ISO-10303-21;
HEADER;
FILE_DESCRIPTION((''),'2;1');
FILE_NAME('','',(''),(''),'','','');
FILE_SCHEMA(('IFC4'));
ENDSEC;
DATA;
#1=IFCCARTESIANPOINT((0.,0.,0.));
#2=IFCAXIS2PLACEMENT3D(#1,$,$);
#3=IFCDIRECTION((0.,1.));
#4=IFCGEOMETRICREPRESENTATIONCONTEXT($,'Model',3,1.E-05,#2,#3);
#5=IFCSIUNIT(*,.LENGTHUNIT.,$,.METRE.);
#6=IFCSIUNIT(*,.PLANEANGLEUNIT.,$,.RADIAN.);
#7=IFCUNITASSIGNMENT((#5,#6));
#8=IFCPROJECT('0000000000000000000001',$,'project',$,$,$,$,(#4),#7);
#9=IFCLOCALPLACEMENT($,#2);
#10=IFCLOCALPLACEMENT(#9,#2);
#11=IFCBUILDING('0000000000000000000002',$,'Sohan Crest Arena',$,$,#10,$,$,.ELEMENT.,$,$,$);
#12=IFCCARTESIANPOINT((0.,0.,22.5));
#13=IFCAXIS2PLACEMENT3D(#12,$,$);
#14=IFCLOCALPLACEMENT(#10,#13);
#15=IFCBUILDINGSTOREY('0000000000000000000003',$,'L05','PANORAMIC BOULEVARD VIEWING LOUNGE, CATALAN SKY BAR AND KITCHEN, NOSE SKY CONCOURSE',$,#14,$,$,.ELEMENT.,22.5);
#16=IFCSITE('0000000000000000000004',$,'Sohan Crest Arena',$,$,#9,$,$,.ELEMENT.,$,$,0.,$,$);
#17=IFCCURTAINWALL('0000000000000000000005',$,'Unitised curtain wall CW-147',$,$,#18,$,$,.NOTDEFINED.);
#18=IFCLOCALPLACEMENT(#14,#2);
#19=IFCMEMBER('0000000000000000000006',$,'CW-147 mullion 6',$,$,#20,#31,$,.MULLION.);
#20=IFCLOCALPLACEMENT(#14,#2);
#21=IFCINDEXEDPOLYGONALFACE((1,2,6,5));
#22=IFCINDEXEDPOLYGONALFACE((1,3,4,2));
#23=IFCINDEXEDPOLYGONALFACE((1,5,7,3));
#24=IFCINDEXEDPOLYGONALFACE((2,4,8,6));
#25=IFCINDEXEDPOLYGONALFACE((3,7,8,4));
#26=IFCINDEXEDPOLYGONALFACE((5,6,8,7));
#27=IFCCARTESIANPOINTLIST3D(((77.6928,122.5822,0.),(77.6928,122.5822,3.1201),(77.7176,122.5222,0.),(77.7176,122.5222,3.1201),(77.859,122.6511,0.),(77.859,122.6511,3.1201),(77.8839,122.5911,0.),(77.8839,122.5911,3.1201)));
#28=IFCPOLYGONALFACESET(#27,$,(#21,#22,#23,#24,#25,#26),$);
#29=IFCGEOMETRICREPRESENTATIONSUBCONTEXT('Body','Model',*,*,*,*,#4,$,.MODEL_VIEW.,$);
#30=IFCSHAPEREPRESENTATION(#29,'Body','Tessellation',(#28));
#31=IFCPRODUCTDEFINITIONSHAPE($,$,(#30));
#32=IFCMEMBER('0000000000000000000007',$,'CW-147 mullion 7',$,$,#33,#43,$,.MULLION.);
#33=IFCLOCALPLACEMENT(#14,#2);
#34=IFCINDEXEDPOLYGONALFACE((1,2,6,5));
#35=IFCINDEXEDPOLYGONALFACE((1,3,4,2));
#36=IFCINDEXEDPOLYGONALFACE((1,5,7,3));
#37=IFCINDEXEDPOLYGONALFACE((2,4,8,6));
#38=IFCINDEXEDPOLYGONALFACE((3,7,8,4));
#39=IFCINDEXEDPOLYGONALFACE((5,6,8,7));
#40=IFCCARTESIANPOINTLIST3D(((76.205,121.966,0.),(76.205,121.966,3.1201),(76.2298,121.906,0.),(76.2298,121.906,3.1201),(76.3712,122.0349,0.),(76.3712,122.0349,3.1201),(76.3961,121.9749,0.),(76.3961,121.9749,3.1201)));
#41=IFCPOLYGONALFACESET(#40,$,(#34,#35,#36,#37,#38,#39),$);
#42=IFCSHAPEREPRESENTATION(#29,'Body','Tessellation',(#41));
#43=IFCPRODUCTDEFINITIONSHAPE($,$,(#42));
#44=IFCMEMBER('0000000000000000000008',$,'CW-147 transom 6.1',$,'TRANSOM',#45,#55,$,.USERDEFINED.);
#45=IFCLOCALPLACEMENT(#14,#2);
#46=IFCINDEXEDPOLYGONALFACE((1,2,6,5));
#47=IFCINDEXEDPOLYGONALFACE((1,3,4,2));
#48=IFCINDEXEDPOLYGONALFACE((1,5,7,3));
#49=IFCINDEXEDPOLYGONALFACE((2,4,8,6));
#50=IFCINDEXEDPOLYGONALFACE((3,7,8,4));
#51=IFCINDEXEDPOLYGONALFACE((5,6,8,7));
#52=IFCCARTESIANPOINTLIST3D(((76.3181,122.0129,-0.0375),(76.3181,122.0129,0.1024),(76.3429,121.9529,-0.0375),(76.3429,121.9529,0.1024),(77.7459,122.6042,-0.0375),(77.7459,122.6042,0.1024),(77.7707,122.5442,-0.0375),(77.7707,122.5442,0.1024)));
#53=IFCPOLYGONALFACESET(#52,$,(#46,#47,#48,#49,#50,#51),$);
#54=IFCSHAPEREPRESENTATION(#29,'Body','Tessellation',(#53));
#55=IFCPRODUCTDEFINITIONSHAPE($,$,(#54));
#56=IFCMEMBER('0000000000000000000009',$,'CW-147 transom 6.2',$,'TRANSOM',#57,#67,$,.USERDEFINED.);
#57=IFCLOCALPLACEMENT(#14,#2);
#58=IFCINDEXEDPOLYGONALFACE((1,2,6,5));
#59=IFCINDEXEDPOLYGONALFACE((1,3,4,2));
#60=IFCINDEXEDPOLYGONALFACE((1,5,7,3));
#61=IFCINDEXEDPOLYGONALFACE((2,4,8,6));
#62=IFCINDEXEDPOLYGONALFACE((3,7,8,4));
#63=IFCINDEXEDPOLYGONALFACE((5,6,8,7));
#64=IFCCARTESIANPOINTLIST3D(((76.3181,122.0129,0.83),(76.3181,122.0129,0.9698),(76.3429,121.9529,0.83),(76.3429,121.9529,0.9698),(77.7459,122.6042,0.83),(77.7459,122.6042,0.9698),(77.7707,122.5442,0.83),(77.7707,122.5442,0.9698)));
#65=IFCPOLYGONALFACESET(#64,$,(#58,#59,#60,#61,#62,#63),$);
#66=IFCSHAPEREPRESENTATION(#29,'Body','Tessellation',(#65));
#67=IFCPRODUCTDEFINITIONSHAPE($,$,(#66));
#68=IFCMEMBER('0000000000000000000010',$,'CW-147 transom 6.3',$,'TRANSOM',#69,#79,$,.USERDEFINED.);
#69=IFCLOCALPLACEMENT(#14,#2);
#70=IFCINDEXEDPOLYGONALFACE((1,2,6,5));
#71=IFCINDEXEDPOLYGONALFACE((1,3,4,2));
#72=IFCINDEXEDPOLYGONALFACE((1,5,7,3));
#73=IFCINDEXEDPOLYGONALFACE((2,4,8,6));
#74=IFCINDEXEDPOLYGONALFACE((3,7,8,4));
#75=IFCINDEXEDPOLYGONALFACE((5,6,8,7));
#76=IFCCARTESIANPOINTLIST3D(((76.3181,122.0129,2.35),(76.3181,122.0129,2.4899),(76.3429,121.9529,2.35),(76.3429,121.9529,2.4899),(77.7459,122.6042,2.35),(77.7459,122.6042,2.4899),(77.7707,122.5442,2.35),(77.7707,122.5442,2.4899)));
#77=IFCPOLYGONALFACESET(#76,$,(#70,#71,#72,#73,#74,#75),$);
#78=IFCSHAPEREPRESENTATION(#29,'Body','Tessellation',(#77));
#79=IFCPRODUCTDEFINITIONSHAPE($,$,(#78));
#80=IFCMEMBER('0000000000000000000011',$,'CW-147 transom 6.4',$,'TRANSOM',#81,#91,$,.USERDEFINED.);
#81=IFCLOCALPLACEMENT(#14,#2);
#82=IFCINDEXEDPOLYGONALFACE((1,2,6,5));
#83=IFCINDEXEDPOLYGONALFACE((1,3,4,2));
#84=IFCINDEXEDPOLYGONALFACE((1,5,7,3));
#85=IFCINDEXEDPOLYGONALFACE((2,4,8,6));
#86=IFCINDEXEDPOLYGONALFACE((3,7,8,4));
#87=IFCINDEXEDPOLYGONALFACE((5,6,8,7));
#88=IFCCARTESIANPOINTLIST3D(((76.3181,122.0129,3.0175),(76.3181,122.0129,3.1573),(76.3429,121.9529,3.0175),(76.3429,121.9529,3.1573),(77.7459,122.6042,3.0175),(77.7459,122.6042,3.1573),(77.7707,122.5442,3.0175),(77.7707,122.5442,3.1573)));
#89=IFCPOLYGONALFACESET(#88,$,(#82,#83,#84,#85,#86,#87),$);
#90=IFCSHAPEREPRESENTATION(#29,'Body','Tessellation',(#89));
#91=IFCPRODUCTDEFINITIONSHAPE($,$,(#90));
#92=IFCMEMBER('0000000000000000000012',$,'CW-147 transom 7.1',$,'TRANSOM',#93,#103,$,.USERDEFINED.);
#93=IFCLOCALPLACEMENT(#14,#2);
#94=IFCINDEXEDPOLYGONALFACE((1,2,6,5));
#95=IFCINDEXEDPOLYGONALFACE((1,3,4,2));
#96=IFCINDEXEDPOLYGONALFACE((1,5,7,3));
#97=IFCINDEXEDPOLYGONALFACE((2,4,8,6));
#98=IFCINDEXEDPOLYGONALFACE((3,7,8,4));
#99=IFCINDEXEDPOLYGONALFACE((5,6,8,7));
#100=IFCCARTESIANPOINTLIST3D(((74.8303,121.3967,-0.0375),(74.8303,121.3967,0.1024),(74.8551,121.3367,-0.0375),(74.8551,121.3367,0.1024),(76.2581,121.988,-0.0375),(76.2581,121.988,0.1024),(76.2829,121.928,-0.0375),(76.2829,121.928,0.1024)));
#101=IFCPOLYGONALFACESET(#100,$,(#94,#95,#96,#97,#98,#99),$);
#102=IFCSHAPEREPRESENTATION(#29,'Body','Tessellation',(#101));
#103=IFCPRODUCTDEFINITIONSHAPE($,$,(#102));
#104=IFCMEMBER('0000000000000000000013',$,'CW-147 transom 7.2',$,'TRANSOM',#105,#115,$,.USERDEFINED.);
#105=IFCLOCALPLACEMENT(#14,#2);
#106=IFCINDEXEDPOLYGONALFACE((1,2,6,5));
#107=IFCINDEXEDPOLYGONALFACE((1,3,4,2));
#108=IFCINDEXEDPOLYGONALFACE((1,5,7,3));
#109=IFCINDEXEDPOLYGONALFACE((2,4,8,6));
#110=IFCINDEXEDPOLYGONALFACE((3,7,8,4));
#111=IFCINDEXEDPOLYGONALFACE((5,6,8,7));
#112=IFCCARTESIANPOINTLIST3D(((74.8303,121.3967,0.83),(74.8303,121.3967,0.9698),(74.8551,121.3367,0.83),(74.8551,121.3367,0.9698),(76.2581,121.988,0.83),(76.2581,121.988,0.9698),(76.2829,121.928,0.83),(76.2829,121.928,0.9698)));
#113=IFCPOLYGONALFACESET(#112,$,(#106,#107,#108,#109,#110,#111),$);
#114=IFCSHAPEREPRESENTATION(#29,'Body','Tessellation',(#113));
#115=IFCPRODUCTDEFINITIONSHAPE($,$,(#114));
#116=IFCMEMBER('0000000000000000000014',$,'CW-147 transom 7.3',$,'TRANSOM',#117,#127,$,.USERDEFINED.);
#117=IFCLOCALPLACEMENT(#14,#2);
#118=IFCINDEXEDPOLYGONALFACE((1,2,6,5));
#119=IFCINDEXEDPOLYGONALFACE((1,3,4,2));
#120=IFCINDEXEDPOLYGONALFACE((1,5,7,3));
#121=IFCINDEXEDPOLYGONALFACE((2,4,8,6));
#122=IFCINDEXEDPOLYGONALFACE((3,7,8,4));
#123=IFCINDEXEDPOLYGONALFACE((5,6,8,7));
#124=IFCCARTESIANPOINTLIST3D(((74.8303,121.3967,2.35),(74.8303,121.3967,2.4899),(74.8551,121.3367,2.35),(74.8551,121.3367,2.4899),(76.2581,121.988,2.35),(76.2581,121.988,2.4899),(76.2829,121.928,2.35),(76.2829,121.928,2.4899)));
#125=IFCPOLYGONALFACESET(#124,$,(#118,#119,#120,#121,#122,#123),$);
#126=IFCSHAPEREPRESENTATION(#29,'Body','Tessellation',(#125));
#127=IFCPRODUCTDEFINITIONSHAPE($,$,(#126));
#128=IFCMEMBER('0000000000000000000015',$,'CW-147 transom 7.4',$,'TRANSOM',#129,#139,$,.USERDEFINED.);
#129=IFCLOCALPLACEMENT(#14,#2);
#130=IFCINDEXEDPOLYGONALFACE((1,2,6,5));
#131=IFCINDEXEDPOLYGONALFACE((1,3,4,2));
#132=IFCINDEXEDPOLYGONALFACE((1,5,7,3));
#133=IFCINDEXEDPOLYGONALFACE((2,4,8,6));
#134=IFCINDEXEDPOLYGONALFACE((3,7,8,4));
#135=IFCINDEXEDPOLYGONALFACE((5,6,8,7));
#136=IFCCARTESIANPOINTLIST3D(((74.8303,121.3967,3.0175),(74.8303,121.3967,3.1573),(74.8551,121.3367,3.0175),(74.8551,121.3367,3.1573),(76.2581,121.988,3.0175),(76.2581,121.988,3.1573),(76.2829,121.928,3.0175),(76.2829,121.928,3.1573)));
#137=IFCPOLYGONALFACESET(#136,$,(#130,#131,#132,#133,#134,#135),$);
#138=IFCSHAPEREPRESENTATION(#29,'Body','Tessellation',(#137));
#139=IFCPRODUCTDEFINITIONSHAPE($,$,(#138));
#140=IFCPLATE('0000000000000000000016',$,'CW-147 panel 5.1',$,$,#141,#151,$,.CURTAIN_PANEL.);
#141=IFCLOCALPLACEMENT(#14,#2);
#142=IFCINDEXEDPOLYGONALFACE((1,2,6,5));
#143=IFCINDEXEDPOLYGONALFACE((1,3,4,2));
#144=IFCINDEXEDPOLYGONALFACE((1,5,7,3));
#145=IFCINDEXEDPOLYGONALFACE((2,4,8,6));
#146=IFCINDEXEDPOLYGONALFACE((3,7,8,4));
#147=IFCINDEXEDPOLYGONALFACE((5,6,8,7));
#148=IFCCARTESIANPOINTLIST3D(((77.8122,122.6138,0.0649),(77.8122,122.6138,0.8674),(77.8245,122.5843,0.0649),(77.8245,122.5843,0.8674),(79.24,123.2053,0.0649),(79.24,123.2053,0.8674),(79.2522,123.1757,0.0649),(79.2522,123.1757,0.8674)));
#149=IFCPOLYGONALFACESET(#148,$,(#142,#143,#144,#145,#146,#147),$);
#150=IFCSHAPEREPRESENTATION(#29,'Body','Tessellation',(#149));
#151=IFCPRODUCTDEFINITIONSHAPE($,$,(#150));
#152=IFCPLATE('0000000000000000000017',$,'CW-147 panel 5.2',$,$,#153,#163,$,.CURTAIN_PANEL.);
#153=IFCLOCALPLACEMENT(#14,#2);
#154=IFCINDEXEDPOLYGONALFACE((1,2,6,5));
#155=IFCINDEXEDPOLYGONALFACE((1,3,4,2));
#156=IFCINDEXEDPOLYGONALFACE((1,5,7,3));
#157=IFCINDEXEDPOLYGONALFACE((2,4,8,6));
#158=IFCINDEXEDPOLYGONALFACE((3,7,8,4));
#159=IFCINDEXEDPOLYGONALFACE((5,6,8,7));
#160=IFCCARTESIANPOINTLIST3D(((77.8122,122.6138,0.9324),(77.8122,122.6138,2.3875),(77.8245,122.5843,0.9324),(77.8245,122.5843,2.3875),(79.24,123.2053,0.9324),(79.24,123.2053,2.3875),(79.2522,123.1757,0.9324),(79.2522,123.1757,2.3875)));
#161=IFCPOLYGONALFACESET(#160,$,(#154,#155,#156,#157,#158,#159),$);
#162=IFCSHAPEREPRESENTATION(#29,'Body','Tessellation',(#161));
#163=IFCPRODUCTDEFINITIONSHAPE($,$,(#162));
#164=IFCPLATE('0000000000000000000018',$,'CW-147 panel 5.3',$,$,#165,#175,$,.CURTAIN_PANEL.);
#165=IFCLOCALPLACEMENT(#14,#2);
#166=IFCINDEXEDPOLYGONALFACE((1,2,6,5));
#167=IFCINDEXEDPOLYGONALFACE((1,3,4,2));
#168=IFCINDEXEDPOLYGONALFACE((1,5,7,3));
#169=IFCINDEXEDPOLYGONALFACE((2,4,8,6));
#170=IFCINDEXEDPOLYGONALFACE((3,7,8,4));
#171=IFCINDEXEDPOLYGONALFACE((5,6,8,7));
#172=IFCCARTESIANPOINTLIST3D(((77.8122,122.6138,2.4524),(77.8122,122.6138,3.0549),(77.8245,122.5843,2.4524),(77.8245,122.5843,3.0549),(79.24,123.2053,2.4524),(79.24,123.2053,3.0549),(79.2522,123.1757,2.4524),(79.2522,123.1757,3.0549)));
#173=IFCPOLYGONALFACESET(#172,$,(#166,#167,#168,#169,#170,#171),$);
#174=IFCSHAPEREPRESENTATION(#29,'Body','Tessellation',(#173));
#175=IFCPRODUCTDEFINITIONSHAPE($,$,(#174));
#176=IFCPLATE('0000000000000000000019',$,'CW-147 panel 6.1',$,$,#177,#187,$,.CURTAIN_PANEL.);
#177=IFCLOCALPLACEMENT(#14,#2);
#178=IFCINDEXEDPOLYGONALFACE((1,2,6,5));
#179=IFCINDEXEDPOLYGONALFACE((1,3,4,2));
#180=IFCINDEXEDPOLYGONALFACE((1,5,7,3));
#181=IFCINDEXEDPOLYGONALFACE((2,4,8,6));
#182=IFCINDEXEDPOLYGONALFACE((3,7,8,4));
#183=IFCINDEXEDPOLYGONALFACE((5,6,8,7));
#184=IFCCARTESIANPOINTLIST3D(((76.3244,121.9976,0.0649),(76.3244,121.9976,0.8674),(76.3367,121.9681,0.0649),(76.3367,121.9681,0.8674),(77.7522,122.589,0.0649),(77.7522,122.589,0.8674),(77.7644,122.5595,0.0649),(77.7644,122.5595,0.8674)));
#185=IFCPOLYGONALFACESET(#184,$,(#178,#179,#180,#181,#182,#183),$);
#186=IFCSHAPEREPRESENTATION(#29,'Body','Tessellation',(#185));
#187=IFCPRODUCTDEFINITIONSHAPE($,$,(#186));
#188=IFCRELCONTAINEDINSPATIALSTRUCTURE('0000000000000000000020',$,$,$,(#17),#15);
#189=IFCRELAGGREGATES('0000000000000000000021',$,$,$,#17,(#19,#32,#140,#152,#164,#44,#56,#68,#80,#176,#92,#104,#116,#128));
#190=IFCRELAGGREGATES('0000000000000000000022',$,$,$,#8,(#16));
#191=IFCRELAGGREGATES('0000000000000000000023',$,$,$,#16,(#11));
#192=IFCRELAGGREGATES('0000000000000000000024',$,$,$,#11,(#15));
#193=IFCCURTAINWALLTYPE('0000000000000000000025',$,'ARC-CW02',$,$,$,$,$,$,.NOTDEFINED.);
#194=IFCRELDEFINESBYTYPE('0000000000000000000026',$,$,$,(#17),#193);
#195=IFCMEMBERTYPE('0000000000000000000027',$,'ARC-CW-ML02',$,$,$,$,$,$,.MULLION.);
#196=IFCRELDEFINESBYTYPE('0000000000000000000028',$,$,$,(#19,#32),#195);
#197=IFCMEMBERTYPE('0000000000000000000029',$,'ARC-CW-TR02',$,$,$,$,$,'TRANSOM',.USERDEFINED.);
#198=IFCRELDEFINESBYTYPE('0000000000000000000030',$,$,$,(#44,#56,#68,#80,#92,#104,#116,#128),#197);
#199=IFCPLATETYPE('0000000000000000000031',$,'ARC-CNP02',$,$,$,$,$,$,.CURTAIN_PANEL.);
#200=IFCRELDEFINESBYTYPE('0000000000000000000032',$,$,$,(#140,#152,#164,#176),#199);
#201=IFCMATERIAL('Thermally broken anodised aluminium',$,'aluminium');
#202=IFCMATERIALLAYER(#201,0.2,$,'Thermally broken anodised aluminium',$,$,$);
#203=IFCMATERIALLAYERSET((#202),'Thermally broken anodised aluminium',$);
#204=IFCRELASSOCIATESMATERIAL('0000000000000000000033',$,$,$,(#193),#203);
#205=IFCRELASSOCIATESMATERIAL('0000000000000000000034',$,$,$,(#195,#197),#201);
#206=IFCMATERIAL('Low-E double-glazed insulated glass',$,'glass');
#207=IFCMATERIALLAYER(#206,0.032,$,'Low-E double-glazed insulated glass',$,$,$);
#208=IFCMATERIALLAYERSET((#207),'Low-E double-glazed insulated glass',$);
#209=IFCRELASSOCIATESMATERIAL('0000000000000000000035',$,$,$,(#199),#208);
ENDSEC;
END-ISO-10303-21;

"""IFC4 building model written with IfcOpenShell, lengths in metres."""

from ifc_helpers import new_model, si_unit, direction, frame, origin, origin_2d, place, context, subcontext, project, spatial, rectangle, extrude, material, layer, layer_set, material_profile, profile_set, type_object, element, aggregate, save


model = new_model("IFC4")

# Units and contexts
model_context = context("Model", 3, precision=1e-05, world=origin(), true_north=direction((0.0, 1.0)))
body_context = subcontext(model_context, "Body", "Model", "MODEL_VIEW")
ifc_project = project(units=[si_unit("LENGTHUNIT", "METRE"), si_unit("PLANEANGLEUNIT", "RADIAN")], contexts=[model_context])

# Site, building, storey
site_placement = place(None, origin())
site = spatial("IfcSite", under=ifc_project, at=site_placement, Name="Sohan Crest Arena", CompositionType="ELEMENT", RefElevation=0.0)
building_placement = place(site_placement, origin())
building = spatial("IfcBuilding", under=site, at=building_placement, Name="Sohan Crest Arena", CompositionType="ELEMENT")
storey_placement = place(building_placement, frame((0.0, 0.0, 22.5)))
storey = spatial("IfcBuildingStorey", under=building, at=storey_placement, Name="L05", Description="PANORAMIC BOULEVARD VIEWING LOUNGE, CATALAN SKY BAR AND KITCHEN, NOSE SKY CONCOURSE", CompositionType="ELEMENT", Elevation=22.5)

# Curtain wall, members, plates
ifc_material_1 = material(Name="Thermally broken anodised aluminium", Category="aluminium")
ifc_layer_1 = layer(ifc_material_1, 0.2, Name="Thermally broken anodised aluminium")
ifc_layer_set_1 = layer_set([ifc_layer_1], Name="Thermally broken anodised aluminium")
curtain_wall_type = type_object("IfcCurtainWallType", Name="ARC-CW02", PredefinedType="NOTDEFINED", material=ifc_layer_set_1)
curtain_wall_placement = place(storey_placement, origin())
curtain_wall = element("IfcCurtainWall", 1, at=curtain_wall_placement, inside=storey, type_object=curtain_wall_type, Name="Unitised curtain wall CW-147", PredefinedType="NOTDEFINED")
ifc_material_profile_1 = material_profile(ifc_material_1, rectangle(XDim=0.0649, YDim=0.1799, at=origin_2d()), Name="ALU-MULL 65x180")
ifc_profile_set_1 = profile_set([ifc_material_profile_1], Name="Thermally broken anodised aluminium")
member_type_1 = type_object("IfcMemberType", Name="ARC-CW-ML02", PredefinedType="MULLION", material=ifc_profile_set_1)
member_1_placement = place(storey_placement, frame((77.7883, 122.5867, 0.0), z_axis=(0.0, 0.0, 1.0), x_axis=(0.382685, -0.923879, 0.0)))
member_1 = element("IfcMember", 2, at=member_1_placement, type_object=member_type_1, Name="CW-147 mullion 6", PredefinedType="MULLION", context=body_context, shape_type="SweptSolid", body=[
    extrude(rectangle(XDim=0.0649, YDim=0.1799, at=origin_2d()), origin(), (0.0, 0.0, 1.0), 3.1201),
])
member_2_placement = place(storey_placement, frame((76.3005, 121.9705, 0.0), z_axis=(0.0, 0.0, 1.0), x_axis=(0.382685, -0.923879, 0.0)))
member_2 = element("IfcMember", 3, at=member_2_placement, type_object=member_type_1, Name="CW-147 mullion 7", PredefinedType="MULLION", context=body_context, shape_type="SweptSolid", body=[
    extrude(rectangle(XDim=0.0649, YDim=0.1799, at=origin_2d()), origin(), (0.0, 0.0, 1.0), 3.1201),
])
ifc_material_profile_2 = material_profile(ifc_material_1, rectangle(XDim=0.0649, YDim=0.1399, at=origin_2d()), Name="ALU-TRAN 65x140")
ifc_profile_set_2 = profile_set([ifc_material_profile_2], Name="Thermally broken anodised aluminium")
member_type_2 = type_object("IfcMemberType", Name="ARC-CW-TR02", ElementType="TRANSOM", PredefinedType="USERDEFINED", material=ifc_profile_set_2)
member_3_placement = place(storey_placement, frame((77.7583, 122.5742, 0.0325), z_axis=(-0.923897, -0.38264, 0.0), x_axis=(0.38264, -0.923897, 0.0)))
member_3 = element("IfcMember", 4, at=member_3_placement, type_object=member_type_2, Name="CW-147 transom 6.1", ObjectType="TRANSOM", PredefinedType="USERDEFINED", context=body_context, shape_type="SweptSolid", body=[
    extrude(rectangle(XDim=0.0649, YDim=0.1399, at=origin_2d()), origin(), (0.0, 0.0, 1.0), 1.5454),
])
member_4_placement = place(storey_placement, frame((77.7583, 122.5742, 0.8999), z_axis=(-0.923897, -0.38264, 0.0), x_axis=(0.38264, -0.923897, 0.0)))
member_4 = element("IfcMember", 5, at=member_4_placement, type_object=member_type_2, Name="CW-147 transom 6.2", ObjectType="TRANSOM", PredefinedType="USERDEFINED", context=body_context, shape_type="SweptSolid", body=[
    extrude(rectangle(XDim=0.0649, YDim=0.1399, at=origin_2d()), origin(), (0.0, 0.0, 1.0), 1.5454),
])
member_5_placement = place(storey_placement, frame((77.7583, 122.5742, 2.4199), z_axis=(-0.923897, -0.38264, 0.0), x_axis=(0.38264, -0.923897, 0.0)))
member_5 = element("IfcMember", 6, at=member_5_placement, type_object=member_type_2, Name="CW-147 transom 6.3", ObjectType="TRANSOM", PredefinedType="USERDEFINED", context=body_context, shape_type="SweptSolid", body=[
    extrude(rectangle(XDim=0.0649, YDim=0.1399, at=origin_2d()), origin(), (0.0, 0.0, 1.0), 1.5454),
])
member_6_placement = place(storey_placement, frame((77.7583, 122.5742, 3.0874), z_axis=(-0.923897, -0.38264, 0.0), x_axis=(0.38264, -0.923897, 0.0)))
member_6 = element("IfcMember", 7, at=member_6_placement, type_object=member_type_2, Name="CW-147 transom 6.4", ObjectType="TRANSOM", PredefinedType="USERDEFINED", context=body_context, shape_type="SweptSolid", body=[
    extrude(rectangle(XDim=0.0649, YDim=0.1399, at=origin_2d()), origin(), (0.0, 0.0, 1.0), 1.5454),
])
member_7_placement = place(storey_placement, frame((76.2705, 121.958, 0.0325), z_axis=(-0.923897, -0.38264, 0.0), x_axis=(0.38264, -0.923897, 0.0)))
member_7 = element("IfcMember", 8, at=member_7_placement, type_object=member_type_2, Name="CW-147 transom 7.1", ObjectType="TRANSOM", PredefinedType="USERDEFINED", context=body_context, shape_type="SweptSolid", body=[
    extrude(rectangle(XDim=0.0649, YDim=0.1399, at=origin_2d()), origin(), (0.0, 0.0, 1.0), 1.5454),
])
member_8_placement = place(storey_placement, frame((76.2705, 121.958, 0.8999), z_axis=(-0.923897, -0.38264, 0.0), x_axis=(0.38264, -0.923897, 0.0)))
member_8 = element("IfcMember", 9, at=member_8_placement, type_object=member_type_2, Name="CW-147 transom 7.2", ObjectType="TRANSOM", PredefinedType="USERDEFINED", context=body_context, shape_type="SweptSolid", body=[
    extrude(rectangle(XDim=0.0649, YDim=0.1399, at=origin_2d()), origin(), (0.0, 0.0, 1.0), 1.5454),
])
member_9_placement = place(storey_placement, frame((76.2705, 121.958, 2.4199), z_axis=(-0.923897, -0.38264, 0.0), x_axis=(0.38264, -0.923897, 0.0)))
member_9 = element("IfcMember", 10, at=member_9_placement, type_object=member_type_2, Name="CW-147 transom 7.3", ObjectType="TRANSOM", PredefinedType="USERDEFINED", context=body_context, shape_type="SweptSolid", body=[
    extrude(rectangle(XDim=0.0649, YDim=0.1399, at=origin_2d()), origin(), (0.0, 0.0, 1.0), 1.5454),
])
member_10_placement = place(storey_placement, frame((76.2705, 121.958, 3.0874), z_axis=(-0.923897, -0.38264, 0.0), x_axis=(0.38264, -0.923897, 0.0)))
member_10 = element("IfcMember", 11, at=member_10_placement, type_object=member_type_2, Name="CW-147 transom 7.4", ObjectType="TRANSOM", PredefinedType="USERDEFINED", context=body_context, shape_type="SweptSolid", body=[
    extrude(rectangle(XDim=0.0649, YDim=0.1399, at=origin_2d()), origin(), (0.0, 0.0, 1.0), 1.5454),
])
ifc_material_2 = material(Name="Low-E double-glazed insulated glass", Category="glass")
ifc_layer_2 = layer(ifc_material_2, 0.032, Name="Low-E double-glazed insulated glass")
ifc_layer_set_2 = layer_set([ifc_layer_2], Name="Low-E double-glazed insulated glass")
plate_type = type_object("IfcPlateType", Name="ARC-CNP02", PredefinedType="CURTAIN_PANEL", material=ifc_layer_set_2)
plate_1_placement = place(storey_placement, frame((78.5322, 122.8948, 0.0649), z_axis=(0.0, 0.0, 1.0), x_axis=(-0.923879, -0.382685, 0.0)))
plate_1 = element("IfcPlate", 12, at=plate_1_placement, type_object=plate_type, Name="CW-147 panel 5.1", PredefinedType="CURTAIN_PANEL", context=body_context, shape_type="SweptSolid", body=[
    extrude(rectangle(XDim=1.5454, YDim=0.032, at=origin_2d()), origin(), (0.0, 0.0, 1.0), 0.8025),
])
plate_2_placement = place(storey_placement, frame((78.5322, 122.8948, 0.9324), z_axis=(0.0, 0.0, 1.0), x_axis=(-0.923879, -0.382685, 0.0)))
plate_2 = element("IfcPlate", 13, at=plate_2_placement, type_object=plate_type, Name="CW-147 panel 5.2", PredefinedType="CURTAIN_PANEL", context=body_context, shape_type="SweptSolid", body=[
    extrude(rectangle(XDim=1.5454, YDim=0.032, at=origin_2d()), origin(), (0.0, 0.0, 1.0), 1.4551),
])
plate_3_placement = place(storey_placement, frame((78.5322, 122.8948, 2.4524), z_axis=(0.0, 0.0, 1.0), x_axis=(-0.923879, -0.382685, 0.0)))
plate_3 = element("IfcPlate", 14, at=plate_3_placement, type_object=plate_type, Name="CW-147 panel 5.3", PredefinedType="CURTAIN_PANEL", context=body_context, shape_type="SweptSolid", body=[
    extrude(rectangle(XDim=1.5454, YDim=0.032, at=origin_2d()), origin(), (0.0, 0.0, 1.0), 0.6025),
])
plate_4_placement = place(storey_placement, frame((77.0444, 122.2786, 0.0649), z_axis=(0.0, 0.0, 1.0), x_axis=(-0.923879, -0.382685, 0.0)))
plate_4 = element("IfcPlate", 15, at=plate_4_placement, type_object=plate_type, Name="CW-147 panel 6.1", PredefinedType="CURTAIN_PANEL", context=body_context, shape_type="SweptSolid", body=[
    extrude(rectangle(XDim=1.5454, YDim=0.032, at=origin_2d()), origin(), (0.0, 0.0, 1.0), 0.8025),
])
aggregate(curtain_wall, [member_1, member_2, plate_1, plate_2, plate_3, member_3, member_4, member_5, member_6, plate_4, member_7, member_8, member_9, member_10])

save(model, "model.ifc")
